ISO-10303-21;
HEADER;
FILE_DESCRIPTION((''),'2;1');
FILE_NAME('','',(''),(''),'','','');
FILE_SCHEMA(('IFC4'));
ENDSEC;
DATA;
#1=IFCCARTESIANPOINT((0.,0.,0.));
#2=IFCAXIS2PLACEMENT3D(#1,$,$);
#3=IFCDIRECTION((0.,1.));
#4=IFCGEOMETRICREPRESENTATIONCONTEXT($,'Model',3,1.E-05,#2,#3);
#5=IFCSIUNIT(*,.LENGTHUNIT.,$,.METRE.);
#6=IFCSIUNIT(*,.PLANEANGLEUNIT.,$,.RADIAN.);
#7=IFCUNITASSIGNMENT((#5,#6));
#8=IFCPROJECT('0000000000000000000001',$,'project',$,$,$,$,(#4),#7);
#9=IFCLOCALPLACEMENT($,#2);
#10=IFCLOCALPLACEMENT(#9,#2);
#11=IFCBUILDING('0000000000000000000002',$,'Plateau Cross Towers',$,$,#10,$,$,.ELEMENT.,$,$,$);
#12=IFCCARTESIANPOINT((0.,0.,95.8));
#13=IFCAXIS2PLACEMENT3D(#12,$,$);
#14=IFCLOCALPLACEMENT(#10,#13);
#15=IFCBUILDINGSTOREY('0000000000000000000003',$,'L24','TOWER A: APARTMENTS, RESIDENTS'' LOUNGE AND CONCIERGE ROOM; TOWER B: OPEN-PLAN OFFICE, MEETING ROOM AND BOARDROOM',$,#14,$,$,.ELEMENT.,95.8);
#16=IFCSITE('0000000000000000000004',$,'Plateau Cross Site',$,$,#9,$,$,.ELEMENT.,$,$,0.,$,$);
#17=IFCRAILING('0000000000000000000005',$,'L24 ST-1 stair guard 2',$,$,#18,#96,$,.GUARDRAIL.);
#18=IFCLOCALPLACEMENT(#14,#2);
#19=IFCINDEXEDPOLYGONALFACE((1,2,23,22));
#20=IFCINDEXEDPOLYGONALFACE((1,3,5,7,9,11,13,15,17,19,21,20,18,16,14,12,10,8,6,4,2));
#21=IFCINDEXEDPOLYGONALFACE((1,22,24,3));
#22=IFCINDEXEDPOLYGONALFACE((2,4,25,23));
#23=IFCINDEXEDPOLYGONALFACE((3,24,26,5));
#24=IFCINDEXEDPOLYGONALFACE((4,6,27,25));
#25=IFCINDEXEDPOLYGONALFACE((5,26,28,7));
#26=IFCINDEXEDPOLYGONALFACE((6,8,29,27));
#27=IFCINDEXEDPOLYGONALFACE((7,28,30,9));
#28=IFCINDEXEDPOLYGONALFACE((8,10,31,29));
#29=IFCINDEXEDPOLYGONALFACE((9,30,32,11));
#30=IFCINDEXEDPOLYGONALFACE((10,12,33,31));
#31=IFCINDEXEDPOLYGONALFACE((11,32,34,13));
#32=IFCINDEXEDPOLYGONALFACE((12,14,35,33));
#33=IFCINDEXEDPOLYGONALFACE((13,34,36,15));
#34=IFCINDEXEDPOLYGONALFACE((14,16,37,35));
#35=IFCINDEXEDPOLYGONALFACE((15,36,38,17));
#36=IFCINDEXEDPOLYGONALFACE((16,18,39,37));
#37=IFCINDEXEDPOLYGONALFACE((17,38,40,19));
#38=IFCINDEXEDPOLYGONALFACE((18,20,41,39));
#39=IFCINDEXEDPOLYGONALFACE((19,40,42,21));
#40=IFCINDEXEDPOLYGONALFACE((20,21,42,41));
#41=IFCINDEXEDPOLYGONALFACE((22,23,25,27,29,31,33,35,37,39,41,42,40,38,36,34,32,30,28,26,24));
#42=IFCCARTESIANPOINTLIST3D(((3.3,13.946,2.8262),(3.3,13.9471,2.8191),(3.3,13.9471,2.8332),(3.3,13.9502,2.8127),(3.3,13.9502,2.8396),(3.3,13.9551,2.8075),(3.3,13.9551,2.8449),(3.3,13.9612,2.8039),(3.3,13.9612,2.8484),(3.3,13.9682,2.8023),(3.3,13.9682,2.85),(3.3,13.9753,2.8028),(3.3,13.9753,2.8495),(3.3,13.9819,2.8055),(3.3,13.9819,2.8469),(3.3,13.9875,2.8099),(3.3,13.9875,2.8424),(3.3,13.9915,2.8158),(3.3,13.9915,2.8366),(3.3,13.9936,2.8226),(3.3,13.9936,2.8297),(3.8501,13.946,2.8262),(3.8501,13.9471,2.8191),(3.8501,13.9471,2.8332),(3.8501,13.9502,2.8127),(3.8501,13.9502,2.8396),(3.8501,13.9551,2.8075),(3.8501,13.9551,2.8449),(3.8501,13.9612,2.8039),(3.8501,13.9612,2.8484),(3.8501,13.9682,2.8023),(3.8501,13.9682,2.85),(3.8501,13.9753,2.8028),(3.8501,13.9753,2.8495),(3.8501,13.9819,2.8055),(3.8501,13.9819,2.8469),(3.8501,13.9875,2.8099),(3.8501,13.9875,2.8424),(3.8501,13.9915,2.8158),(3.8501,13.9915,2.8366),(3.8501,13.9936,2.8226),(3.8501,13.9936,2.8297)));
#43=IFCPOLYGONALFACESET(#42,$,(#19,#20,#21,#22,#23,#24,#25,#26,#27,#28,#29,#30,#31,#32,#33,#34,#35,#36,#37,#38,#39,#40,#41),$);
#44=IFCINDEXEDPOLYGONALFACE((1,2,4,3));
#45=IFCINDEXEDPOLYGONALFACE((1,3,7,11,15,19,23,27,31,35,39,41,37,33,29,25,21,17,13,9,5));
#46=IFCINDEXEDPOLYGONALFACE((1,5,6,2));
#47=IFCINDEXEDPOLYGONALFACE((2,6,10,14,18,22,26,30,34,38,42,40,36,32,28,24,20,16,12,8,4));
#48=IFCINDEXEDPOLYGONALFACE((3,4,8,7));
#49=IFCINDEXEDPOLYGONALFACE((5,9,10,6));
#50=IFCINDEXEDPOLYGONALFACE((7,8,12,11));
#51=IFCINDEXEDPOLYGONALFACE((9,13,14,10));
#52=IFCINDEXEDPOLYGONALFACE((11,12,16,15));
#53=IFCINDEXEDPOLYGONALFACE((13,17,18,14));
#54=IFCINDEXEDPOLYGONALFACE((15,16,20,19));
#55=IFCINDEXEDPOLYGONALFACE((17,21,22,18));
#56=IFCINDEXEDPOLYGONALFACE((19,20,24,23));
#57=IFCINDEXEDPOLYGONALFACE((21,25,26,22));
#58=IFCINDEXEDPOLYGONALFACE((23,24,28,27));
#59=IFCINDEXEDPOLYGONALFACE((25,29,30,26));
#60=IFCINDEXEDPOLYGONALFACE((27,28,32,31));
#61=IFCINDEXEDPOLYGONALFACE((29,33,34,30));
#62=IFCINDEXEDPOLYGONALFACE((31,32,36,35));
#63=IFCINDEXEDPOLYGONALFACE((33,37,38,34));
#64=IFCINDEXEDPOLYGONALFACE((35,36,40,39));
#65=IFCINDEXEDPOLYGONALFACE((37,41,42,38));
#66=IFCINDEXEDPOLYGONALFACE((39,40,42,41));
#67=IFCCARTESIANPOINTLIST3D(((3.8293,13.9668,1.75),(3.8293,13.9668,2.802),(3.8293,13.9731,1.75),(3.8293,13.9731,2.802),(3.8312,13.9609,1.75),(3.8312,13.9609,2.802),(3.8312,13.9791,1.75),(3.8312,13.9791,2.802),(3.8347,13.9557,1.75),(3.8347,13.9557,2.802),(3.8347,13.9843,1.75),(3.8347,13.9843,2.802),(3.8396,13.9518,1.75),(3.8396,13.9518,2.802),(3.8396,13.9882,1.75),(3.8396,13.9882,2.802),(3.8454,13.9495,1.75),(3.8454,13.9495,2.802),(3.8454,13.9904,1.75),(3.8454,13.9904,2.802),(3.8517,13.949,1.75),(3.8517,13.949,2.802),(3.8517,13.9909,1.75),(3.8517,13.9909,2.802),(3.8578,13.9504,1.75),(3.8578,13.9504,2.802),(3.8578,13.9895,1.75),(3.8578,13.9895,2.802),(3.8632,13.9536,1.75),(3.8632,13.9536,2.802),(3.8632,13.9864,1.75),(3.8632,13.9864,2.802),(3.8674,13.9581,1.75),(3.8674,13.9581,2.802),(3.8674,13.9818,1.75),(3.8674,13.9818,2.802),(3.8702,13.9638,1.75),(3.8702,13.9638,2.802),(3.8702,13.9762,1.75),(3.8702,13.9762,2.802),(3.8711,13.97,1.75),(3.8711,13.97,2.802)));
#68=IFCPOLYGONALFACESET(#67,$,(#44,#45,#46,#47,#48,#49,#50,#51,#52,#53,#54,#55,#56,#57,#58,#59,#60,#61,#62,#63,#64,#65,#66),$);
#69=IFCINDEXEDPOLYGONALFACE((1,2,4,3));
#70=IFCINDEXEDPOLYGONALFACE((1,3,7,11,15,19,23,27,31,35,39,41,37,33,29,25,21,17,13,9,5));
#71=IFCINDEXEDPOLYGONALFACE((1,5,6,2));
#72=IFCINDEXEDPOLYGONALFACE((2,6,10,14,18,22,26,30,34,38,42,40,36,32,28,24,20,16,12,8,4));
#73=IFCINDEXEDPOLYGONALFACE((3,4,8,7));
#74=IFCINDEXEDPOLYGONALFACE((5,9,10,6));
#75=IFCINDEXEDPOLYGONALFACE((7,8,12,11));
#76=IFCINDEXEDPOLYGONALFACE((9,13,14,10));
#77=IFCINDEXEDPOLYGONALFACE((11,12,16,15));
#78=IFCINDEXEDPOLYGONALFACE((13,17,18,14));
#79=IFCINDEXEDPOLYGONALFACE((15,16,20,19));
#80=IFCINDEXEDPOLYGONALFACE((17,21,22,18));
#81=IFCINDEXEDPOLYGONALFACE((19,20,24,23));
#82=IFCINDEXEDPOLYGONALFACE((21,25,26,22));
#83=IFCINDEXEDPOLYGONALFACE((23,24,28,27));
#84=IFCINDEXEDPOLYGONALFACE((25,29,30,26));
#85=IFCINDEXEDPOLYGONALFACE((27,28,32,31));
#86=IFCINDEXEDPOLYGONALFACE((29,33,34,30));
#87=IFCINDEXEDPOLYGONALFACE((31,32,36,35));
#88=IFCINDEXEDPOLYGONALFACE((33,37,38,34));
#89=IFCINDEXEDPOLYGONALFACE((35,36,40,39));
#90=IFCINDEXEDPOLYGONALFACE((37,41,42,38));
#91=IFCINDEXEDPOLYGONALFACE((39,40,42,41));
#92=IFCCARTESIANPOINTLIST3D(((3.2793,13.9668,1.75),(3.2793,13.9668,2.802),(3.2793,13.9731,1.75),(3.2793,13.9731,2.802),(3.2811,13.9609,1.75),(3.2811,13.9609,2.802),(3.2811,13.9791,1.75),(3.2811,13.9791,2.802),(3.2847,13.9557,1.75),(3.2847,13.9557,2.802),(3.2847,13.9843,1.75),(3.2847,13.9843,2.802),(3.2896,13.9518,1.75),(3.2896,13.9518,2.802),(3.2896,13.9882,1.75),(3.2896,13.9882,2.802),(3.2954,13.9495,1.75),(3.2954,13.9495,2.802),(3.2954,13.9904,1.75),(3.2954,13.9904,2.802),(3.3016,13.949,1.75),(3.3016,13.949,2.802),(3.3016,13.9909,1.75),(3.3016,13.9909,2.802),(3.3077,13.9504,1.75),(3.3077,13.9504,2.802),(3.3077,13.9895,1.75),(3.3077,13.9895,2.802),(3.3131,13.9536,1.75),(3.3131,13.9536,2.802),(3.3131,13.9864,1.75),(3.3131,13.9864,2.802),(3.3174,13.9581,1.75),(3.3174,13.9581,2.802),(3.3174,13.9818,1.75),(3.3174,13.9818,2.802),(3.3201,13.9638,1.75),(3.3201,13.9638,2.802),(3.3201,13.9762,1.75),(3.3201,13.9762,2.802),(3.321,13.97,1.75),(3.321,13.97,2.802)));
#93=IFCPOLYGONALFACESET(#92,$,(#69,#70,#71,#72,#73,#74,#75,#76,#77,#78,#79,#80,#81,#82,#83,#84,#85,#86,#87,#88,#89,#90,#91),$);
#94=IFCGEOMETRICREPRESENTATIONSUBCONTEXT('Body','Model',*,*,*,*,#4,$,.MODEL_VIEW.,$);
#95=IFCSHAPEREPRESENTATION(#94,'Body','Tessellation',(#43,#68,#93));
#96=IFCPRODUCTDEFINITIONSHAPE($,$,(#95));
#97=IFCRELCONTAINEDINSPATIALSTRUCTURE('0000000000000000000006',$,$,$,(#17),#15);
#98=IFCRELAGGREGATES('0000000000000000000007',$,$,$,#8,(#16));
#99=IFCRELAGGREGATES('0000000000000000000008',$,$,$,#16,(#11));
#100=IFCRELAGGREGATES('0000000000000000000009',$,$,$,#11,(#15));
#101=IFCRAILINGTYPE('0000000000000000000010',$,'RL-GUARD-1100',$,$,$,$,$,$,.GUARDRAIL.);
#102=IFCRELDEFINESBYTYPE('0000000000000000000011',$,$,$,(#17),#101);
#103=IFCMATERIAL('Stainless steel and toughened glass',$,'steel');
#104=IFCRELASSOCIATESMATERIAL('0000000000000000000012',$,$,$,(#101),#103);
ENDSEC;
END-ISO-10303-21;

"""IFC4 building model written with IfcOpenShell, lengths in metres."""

from ifc_helpers import new_model, si_unit, direction, frame, origin, origin_2d, place, context, subcontext, project, spatial, circle, extrude, material, type_object, element, save


model = new_model("IFC4")

# Units and contexts
model_context = context("Model", 3, precision=1e-05, world=origin(), true_north=direction((0.0, 1.0)))
body_context = subcontext(model_context, "Body", "Model", "MODEL_VIEW")
ifc_project = project(units=[si_unit("LENGTHUNIT", "METRE"), si_unit("PLANEANGLEUNIT", "RADIAN")], contexts=[model_context])

# Site, building, storey
site_placement = place(None, origin())
site = spatial("IfcSite", under=ifc_project, at=site_placement, Name="Plateau Cross Site", CompositionType="ELEMENT", RefElevation=0.0)
building_placement = place(site_placement, origin())
building = spatial("IfcBuilding", under=site, at=building_placement, Name="Plateau Cross Towers", CompositionType="ELEMENT")
storey_placement = place(building_placement, frame((0.0, 0.0, 95.8)))
storey = spatial("IfcBuildingStorey", under=building, at=storey_placement, Name="L24", Description="TOWER A: APARTMENTS, RESIDENTS' LOUNGE AND CONCIERGE ROOM; TOWER B: OPEN-PLAN OFFICE, MEETING ROOM AND BOARDROOM", CompositionType="ELEMENT", Elevation=95.8)

# Railing
ifc_material_1 = material(Name="Stainless steel and toughened glass", Category="steel")
railing_type_1 = type_object("IfcRailingType", Name="RL-GUARD-1100", PredefinedType="GUARDRAIL", material=ifc_material_1)
railing_1_placement = place(storey_placement, frame((3.8501, 13.97, 1.75)))
element("IfcRailing", 1, at=railing_1_placement, inside=storey, type_object=railing_type_1, Name="L24 ST-1 stair guard 2", PredefinedType="GUARDRAIL", context=body_context, shape_type="SweptSolid", body=[
    extrude(circle(Radius=0.0239, at=origin_2d()), frame((0.0, 0.0, 1.0762), z_axis=(-1.0, 0.0, 0.0), x_axis=(0.0, -1.0, 0.0)), (0.0, 0.0, 1.0), 0.55),
    extrude(circle(Radius=0.021, at=origin_2d()), origin(), (0.0, 0.0, 1.0), 1.052),
    extrude(circle(Radius=0.021, at=origin_2d()), frame((-0.55, 0.0, 0.0)), (0.0, 0.0, 1.0), 1.052),
])

save(model, "model.ifc")
